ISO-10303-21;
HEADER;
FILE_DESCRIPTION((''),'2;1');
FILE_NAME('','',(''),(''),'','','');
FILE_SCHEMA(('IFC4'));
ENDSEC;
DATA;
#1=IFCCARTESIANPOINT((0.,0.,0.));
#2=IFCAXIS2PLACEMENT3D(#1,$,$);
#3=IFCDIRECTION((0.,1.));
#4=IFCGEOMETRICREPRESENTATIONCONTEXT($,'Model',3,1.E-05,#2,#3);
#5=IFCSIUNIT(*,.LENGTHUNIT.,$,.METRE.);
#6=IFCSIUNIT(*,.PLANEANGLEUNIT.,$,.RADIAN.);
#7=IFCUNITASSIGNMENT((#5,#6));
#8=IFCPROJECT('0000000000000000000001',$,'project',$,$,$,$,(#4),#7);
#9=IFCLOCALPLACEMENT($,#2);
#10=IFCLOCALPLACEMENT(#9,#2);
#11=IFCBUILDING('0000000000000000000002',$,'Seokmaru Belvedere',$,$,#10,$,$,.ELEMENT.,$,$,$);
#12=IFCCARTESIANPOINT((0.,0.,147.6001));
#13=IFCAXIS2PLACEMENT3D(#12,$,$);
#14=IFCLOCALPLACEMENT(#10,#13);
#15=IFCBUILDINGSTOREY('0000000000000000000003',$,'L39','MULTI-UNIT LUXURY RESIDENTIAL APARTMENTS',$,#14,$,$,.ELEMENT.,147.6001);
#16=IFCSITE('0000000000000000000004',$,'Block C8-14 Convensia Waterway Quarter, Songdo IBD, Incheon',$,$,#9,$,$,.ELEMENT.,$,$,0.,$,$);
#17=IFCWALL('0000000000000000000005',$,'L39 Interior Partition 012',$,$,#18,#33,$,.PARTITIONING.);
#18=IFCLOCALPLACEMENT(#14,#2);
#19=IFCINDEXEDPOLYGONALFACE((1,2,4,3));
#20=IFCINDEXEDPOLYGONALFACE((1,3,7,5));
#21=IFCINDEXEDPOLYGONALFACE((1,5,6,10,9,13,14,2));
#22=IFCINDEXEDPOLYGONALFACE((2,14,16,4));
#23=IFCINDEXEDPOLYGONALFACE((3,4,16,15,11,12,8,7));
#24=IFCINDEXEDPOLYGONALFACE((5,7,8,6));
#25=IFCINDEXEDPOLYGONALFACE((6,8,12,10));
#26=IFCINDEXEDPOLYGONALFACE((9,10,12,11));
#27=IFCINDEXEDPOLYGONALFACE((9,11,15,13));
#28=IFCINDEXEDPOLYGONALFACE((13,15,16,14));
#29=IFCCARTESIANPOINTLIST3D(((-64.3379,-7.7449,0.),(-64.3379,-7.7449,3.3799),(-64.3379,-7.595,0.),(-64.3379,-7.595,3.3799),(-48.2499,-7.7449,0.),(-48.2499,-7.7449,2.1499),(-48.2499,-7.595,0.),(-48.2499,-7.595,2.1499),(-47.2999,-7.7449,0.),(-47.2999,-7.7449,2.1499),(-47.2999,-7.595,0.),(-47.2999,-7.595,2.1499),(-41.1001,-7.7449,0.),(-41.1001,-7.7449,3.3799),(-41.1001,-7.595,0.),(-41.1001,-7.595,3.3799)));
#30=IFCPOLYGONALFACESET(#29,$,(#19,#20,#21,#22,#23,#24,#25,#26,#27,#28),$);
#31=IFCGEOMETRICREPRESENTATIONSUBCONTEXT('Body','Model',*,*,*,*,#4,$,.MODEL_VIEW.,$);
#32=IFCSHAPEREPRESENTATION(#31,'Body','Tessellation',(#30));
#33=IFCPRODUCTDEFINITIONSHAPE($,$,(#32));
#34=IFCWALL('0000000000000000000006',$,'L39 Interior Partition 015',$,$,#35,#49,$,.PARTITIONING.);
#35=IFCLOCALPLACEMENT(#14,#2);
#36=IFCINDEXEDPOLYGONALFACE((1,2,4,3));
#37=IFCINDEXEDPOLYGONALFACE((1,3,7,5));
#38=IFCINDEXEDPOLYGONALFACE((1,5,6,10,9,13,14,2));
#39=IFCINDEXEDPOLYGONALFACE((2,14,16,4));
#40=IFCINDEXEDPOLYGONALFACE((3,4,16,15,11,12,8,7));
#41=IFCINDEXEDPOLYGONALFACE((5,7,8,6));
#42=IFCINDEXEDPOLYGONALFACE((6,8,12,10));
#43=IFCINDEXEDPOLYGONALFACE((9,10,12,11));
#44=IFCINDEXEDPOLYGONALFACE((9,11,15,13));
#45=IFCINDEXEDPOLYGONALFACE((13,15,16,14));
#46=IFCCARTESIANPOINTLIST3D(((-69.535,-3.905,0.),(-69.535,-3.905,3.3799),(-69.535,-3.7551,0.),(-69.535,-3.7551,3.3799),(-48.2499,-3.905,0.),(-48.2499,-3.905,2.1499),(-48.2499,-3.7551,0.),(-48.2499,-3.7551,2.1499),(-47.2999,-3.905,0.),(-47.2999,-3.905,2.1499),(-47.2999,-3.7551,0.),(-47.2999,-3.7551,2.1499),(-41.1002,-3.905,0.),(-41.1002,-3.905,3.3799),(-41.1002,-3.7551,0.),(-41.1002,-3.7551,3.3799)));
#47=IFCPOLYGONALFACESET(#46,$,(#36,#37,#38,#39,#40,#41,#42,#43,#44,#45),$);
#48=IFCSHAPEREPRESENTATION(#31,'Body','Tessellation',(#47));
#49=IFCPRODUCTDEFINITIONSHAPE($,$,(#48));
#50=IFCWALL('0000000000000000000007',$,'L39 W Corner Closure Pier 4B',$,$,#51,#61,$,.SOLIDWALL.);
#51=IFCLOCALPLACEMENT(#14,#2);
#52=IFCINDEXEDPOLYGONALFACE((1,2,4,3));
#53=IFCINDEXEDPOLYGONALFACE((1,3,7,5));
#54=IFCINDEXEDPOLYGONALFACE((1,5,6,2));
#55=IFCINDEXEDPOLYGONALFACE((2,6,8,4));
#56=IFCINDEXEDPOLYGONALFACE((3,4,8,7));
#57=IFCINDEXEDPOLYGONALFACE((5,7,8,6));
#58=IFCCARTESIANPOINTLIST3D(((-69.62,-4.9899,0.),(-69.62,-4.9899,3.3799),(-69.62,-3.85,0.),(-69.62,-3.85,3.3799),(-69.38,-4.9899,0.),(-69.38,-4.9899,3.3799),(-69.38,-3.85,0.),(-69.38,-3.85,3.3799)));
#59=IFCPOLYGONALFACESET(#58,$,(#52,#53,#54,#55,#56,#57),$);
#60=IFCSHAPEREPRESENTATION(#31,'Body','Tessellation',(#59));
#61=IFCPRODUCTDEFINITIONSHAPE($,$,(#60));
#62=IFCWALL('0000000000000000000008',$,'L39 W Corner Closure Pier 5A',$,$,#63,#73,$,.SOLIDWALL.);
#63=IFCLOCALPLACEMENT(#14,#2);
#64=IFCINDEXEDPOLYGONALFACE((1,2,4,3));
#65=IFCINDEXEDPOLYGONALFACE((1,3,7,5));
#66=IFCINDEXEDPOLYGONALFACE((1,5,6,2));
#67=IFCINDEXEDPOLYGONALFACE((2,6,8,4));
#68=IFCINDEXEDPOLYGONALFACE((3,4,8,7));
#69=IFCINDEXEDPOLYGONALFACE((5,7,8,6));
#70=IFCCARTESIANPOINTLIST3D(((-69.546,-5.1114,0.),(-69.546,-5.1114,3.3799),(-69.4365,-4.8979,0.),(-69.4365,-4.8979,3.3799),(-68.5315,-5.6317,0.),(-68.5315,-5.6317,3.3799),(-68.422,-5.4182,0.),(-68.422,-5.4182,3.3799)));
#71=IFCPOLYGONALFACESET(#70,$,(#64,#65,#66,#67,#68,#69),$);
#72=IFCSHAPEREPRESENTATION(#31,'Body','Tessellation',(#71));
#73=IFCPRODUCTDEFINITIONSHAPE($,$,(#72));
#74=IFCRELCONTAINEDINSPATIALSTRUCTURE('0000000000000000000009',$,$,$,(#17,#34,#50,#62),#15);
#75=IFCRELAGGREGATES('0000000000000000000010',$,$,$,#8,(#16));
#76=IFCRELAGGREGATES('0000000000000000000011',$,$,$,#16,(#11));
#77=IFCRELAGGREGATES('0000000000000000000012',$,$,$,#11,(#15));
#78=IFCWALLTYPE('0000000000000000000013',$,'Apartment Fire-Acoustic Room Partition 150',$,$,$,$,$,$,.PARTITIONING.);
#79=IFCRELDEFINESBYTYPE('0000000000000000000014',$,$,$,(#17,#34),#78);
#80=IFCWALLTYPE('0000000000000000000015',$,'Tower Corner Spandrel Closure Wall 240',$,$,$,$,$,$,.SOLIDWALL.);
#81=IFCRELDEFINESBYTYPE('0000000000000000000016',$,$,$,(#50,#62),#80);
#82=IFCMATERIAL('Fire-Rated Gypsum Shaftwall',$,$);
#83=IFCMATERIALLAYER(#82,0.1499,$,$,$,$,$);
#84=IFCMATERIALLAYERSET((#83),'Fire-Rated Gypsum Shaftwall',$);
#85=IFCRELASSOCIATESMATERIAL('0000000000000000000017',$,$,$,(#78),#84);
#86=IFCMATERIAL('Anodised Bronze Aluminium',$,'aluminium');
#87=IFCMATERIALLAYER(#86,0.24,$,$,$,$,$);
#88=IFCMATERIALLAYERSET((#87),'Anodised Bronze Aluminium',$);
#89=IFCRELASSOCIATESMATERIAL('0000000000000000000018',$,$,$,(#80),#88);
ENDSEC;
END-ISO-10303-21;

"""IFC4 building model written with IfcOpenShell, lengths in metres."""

from ifc_helpers import new_model, si_unit, direction, frame, frame_2d, origin, place, context, subcontext, project, spatial, rectangle, extrude, material, layer, layer_set, type_object, element, save


model = new_model("IFC4")

# Units and contexts
model_context = context("Model", 3, precision=1e-05, world=origin(), true_north=direction((0.0, 1.0)))
body_context = subcontext(model_context, "Body", "Model", "MODEL_VIEW")
ifc_project = project(units=[si_unit("LENGTHUNIT", "METRE"), si_unit("PLANEANGLEUNIT", "RADIAN")], contexts=[model_context])

# Site, building, storey
site_placement = place(None, origin())
site = spatial("IfcSite", under=ifc_project, at=site_placement, Name="Block C8-14 Convensia Waterway Quarter, Songdo IBD, Incheon", CompositionType="ELEMENT", RefElevation=0.0)
building_placement = place(site_placement, origin())
building = spatial("IfcBuilding", under=site, at=building_placement, Name="Seokmaru Belvedere", CompositionType="ELEMENT")
storey_placement = place(building_placement, frame((0.0, 0.0, 147.6001)))
storey = spatial("IfcBuildingStorey", under=building, at=storey_placement, Name="L39", Description="MULTI-UNIT LUXURY RESIDENTIAL APARTMENTS", CompositionType="ELEMENT", Elevation=147.6001)

# Shared definitions
ifc_material_1 = material(Name="Anodised Bronze Aluminium", Category="aluminium")

# Walls, openings
ifc_material_2 = material(Name="Fire-Rated Gypsum Shaftwall")
ifc_layer_1 = layer(ifc_material_2, 0.1499)
ifc_layer_set_1 = layer_set([ifc_layer_1], Name="Fire-Rated Gypsum Shaftwall")
wall_type_1 = type_object("IfcWallType", Name="Apartment Fire-Acoustic Room Partition 150", PredefinedType="PARTITIONING", material=ifc_layer_set_1)
wall_1_placement = place(storey_placement, frame((-64.3379, -7.6699, 0.0), z_axis=(0.0, 0.0, 1.0), x_axis=(1.0, 0.0, 0.0)))
wall_1 = element("IfcWall", 1, at=wall_1_placement, inside=storey, type_object=wall_type_1, Name="L39 Interior Partition 012", PredefinedType="PARTITIONING", context=body_context, shape_type="SweptSolid", body=[
    extrude(rectangle(XDim=23.2378, YDim=0.1499, at=frame_2d((11.6189, 0.0))), origin(), (0.0, 0.0, 1.0), 3.3799),
])
opening_1_placement = place(wall_1_placement, frame((16.0879, 0.0, 0.0)))
element("IfcOpeningElement", 2, at=opening_1_placement, cuts=wall_1, PredefinedType="OPENING", context=body_context, shape_type="SweptSolid", body=[
    extrude(rectangle(XDim=0.95, YDim=2.1499, at=frame_2d((0.4751, 1.075))), frame((0.0, 0.085, 0.0), z_axis=(0.0, -1.0, 0.0), x_axis=(1.0, 0.0, 0.0)), (0.0, 0.0, 1.0), 0.1699),
])
wall_2_placement = place(storey_placement, frame((-69.5349, -3.8301, 0.0), z_axis=(0.0, 0.0, 1.0), x_axis=(1.0, 0.0, 0.0)))
wall_2 = element("IfcWall", 3, at=wall_2_placement, inside=storey, type_object=wall_type_1, Name="L39 Interior Partition 015", PredefinedType="PARTITIONING", context=body_context, shape_type="SweptSolid", body=[
    extrude(rectangle(XDim=28.4348, YDim=0.1499, at=frame_2d((14.2173, 0.0))), origin(), (0.0, 0.0, 1.0), 3.3799),
])
opening_2_placement = place(wall_2_placement, frame((21.2849, 0.0, 0.0)))
element("IfcOpeningElement", 4, at=opening_2_placement, cuts=wall_2, PredefinedType="OPENING", context=body_context, shape_type="SweptSolid", body=[
    extrude(rectangle(XDim=0.95, YDim=2.1499, at=frame_2d((0.4751, 1.075))), frame((0.0, 0.085, 0.0), z_axis=(0.0, -1.0, 0.0), x_axis=(1.0, 0.0, 0.0)), (0.0, 0.0, 1.0), 0.1699),
])

# Walls
ifc_layer_2 = layer(ifc_material_1, 0.24)
ifc_layer_set_2 = layer_set([ifc_layer_2], Name="Anodised Bronze Aluminium")
wall_type_2 = type_object("IfcWallType", Name="Tower Corner Spandrel Closure Wall 240", PredefinedType="SOLIDWALL", material=ifc_layer_set_2)
wall_3_placement = place(storey_placement, frame((-69.5, -3.8501, 0.0), z_axis=(0.0, 0.0, 1.0), x_axis=(0.0, -1.0, 0.0)))
element("IfcWall", 5, at=wall_3_placement, inside=storey, type_object=wall_type_2, Name="L39 W Corner Closure Pier 4B", PredefinedType="SOLIDWALL", context=body_context, shape_type="SweptSolid", body=[
    extrude(rectangle(XDim=1.1399, YDim=0.24, at=frame_2d((0.5698, 0.0))), origin(), (0.0, 0.0, 1.0), 3.3799),
])
wall_4_placement = place(storey_placement, frame((-69.4912, -5.0046, 0.0), z_axis=(0.0, 0.0, 1.0), x_axis=(0.889797, -0.456356, 0.0)))
element("IfcWall", 6, at=wall_4_placement, inside=storey, type_object=wall_type_2, Name="L39 W Corner Closure Pier 5A", PredefinedType="SOLIDWALL", context=body_context, shape_type="SweptSolid", body=[
    extrude(rectangle(XDim=1.1401, YDim=0.24, at=frame_2d((0.5701, 0.0))), origin(), (0.0, 0.0, 1.0), 3.3799),
])

save(model, "model.ifc")
